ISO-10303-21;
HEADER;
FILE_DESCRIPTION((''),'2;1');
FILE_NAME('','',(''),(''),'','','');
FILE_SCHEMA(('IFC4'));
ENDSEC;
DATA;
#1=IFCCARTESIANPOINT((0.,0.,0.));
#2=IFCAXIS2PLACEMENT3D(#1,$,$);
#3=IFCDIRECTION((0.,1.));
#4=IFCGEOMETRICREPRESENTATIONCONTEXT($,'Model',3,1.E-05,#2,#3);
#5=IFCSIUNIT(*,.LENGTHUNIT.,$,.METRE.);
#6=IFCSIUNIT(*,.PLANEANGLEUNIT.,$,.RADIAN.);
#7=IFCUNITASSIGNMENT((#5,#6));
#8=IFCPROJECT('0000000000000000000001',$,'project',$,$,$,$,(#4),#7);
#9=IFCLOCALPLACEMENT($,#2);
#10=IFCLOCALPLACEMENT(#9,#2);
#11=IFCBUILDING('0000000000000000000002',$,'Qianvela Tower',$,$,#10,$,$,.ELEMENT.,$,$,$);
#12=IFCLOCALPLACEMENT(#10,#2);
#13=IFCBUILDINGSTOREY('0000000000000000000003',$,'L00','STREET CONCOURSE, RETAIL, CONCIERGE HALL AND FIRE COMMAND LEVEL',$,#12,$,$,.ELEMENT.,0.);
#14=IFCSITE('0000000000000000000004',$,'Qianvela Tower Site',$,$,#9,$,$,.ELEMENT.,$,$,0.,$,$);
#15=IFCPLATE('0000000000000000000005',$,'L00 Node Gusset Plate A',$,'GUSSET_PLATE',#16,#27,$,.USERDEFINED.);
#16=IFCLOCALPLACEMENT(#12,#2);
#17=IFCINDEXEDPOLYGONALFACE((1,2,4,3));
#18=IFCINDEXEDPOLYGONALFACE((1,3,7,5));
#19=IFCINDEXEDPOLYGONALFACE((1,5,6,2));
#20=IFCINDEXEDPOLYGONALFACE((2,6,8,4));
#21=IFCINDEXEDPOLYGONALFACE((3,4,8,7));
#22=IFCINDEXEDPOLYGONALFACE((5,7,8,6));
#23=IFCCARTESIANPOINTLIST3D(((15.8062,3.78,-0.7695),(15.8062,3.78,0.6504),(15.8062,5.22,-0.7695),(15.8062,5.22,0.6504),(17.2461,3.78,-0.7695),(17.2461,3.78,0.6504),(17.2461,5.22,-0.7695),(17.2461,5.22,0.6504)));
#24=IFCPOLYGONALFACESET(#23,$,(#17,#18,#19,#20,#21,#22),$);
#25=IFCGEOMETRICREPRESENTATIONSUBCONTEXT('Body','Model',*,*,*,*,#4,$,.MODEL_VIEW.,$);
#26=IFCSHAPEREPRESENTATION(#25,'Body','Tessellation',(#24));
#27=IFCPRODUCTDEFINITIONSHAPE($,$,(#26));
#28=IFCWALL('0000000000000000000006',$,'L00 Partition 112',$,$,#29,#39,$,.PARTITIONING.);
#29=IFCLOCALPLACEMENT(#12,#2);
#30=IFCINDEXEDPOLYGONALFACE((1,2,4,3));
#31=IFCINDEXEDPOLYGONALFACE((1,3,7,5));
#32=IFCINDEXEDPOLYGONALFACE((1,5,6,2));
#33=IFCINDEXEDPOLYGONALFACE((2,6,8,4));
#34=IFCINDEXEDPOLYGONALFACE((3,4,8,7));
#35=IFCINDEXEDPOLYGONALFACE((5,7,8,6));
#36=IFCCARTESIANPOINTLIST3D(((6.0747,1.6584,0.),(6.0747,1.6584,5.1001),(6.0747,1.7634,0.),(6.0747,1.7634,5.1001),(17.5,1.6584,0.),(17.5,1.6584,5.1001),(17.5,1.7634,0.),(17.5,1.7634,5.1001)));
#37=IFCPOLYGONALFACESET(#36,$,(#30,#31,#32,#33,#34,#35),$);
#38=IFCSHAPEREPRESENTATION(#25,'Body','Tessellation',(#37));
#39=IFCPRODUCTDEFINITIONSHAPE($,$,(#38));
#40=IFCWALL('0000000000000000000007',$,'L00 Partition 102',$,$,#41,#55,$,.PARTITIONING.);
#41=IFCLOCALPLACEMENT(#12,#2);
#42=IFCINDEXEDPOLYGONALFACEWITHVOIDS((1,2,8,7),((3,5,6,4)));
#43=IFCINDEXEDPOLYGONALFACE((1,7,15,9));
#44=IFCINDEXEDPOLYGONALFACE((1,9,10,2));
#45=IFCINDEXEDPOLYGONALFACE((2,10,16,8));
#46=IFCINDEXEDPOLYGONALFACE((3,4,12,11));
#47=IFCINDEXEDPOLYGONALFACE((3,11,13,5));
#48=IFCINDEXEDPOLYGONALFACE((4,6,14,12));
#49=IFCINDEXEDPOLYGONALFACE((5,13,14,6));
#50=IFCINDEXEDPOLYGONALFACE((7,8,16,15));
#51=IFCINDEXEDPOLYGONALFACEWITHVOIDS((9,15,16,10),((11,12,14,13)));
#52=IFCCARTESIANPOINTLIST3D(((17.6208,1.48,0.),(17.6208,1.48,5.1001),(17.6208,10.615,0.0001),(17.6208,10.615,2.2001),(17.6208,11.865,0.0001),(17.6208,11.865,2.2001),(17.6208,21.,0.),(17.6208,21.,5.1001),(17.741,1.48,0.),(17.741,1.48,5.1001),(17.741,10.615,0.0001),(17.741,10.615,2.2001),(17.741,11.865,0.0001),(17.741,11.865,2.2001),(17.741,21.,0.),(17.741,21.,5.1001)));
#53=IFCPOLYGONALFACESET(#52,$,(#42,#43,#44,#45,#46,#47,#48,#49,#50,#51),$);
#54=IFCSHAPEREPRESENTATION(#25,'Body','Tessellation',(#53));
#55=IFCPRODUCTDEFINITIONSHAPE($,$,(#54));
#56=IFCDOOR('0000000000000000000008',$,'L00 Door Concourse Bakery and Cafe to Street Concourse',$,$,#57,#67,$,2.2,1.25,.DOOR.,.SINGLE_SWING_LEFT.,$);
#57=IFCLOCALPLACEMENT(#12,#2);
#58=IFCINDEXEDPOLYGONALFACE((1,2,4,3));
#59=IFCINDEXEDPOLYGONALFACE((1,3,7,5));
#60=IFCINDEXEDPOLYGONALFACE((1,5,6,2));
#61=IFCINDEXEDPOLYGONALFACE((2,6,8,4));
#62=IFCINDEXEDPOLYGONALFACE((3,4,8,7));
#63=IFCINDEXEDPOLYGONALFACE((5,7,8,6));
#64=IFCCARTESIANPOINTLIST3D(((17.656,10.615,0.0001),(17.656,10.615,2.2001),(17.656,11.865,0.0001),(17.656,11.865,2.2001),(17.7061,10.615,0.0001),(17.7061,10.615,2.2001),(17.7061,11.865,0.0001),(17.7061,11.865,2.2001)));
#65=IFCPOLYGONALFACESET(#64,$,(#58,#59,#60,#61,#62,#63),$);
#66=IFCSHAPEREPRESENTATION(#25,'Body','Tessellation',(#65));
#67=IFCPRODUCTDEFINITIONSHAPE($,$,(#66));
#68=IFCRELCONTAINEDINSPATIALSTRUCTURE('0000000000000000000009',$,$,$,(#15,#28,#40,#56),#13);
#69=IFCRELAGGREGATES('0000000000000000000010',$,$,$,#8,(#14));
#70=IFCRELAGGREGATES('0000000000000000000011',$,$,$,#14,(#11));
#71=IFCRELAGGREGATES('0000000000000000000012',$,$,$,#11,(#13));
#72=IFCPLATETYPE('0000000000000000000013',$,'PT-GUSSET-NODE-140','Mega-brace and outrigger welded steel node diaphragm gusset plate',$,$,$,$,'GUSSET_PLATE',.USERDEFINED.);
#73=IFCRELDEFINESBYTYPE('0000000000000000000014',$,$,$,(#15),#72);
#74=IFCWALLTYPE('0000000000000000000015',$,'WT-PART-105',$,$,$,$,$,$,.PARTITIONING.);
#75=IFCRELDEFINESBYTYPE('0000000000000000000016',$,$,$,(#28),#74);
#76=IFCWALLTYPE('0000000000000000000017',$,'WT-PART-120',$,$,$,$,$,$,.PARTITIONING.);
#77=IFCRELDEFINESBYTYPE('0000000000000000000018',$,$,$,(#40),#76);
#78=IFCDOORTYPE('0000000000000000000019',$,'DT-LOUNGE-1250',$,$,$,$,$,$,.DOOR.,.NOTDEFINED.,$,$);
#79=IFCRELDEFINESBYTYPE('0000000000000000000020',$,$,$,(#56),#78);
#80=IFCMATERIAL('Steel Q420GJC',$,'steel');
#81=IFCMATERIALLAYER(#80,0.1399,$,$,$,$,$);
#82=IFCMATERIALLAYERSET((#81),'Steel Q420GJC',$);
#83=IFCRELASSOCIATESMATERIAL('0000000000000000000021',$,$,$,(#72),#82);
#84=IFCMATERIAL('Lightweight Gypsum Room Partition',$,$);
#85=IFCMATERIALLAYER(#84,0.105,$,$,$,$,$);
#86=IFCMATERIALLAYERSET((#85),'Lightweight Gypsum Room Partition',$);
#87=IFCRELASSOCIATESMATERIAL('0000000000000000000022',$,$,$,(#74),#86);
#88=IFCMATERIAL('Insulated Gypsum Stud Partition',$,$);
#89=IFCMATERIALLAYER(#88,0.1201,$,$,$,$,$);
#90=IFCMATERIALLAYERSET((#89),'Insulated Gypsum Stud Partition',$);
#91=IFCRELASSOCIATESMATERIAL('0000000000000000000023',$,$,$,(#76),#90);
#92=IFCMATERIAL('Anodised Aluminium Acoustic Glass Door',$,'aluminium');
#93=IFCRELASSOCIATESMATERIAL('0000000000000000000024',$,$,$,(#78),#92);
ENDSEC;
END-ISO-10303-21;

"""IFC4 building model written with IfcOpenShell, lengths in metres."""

from ifc_helpers import new_model, si_unit, direction, frame, frame_2d, origin, origin_2d, place, context, subcontext, project, spatial, rectangle, extrude, material, layer, layer_set, type_object, element, fill, save


model = new_model("IFC4")

# Units and contexts
model_context = context("Model", 3, precision=1e-05, world=origin(), true_north=direction((0.0, 1.0)))
body_context = subcontext(model_context, "Body", "Model", "MODEL_VIEW")
ifc_project = project(units=[si_unit("LENGTHUNIT", "METRE"), si_unit("PLANEANGLEUNIT", "RADIAN")], contexts=[model_context])

# Site, building, storey
site_placement = place(None, origin())
site = spatial("IfcSite", under=ifc_project, at=site_placement, Name="Qianvela Tower Site", CompositionType="ELEMENT", RefElevation=0.0)
building_placement = place(site_placement, origin())
building = spatial("IfcBuilding", under=site, at=building_placement, Name="Qianvela Tower", CompositionType="ELEMENT")
storey_placement = place(building_placement, origin())
storey = spatial("IfcBuildingStorey", under=building, at=storey_placement, Name="L00", Description="STREET CONCOURSE, RETAIL, CONCIERGE HALL AND FIRE COMMAND LEVEL", CompositionType="ELEMENT", Elevation=0.0)

# Plate
ifc_material_1 = material(Name="Steel Q420GJC", Category="steel")
ifc_layer_1 = layer(ifc_material_1, 0.1399)
ifc_layer_set_1 = layer_set([ifc_layer_1], Name="Steel Q420GJC")
plate_type_1 = type_object("IfcPlateType", Name="PT-GUSSET-NODE-140", Description="Mega-brace and outrigger welded steel node diaphragm gusset plate", ElementType="GUSSET_PLATE", PredefinedType="USERDEFINED", material=ifc_layer_set_1)
plate_1_placement = place(storey_placement, frame((16.5261, 4.5, -0.7695), z_axis=(0.0, 0.0, 1.0), x_axis=(1.0, 0.0, 0.0)))
element("IfcPlate", 1, at=plate_1_placement, inside=storey, type_object=plate_type_1, Name="L00 Node Gusset Plate A", ObjectType="GUSSET_PLATE", PredefinedType="USERDEFINED", context=body_context, shape_type="SweptSolid", body=[
    extrude(rectangle(XDim=1.4399, YDim=1.4399, at=origin_2d()), origin(), (0.0, 0.0, 1.0), 1.4199),
])

# Wall
ifc_material_2 = material(Name="Lightweight Gypsum Room Partition")
ifc_layer_2 = layer(ifc_material_2, 0.105)
ifc_layer_set_2 = layer_set([ifc_layer_2], Name="Lightweight Gypsum Room Partition")
wall_type_1 = type_object("IfcWallType", Name="WT-PART-105", PredefinedType="PARTITIONING", material=ifc_layer_set_2)
wall_1_placement = place(storey_placement, frame((17.5, 1.7109, 0.0), z_axis=(0.0, 0.0, 1.0), x_axis=(-1.0, 0.0, 0.0)))
element("IfcWall", 2, at=wall_1_placement, inside=storey, type_object=wall_type_1, Name="L00 Partition 112", PredefinedType="PARTITIONING", context=body_context, shape_type="SweptSolid", body=[
    extrude(rectangle(XDim=11.4253, YDim=0.105, at=frame_2d((5.7126, 0.0))), origin(), (0.0, 0.0, 1.0), 5.1001),
])

# Wall, opening, door
ifc_material_3 = material(Name="Insulated Gypsum Stud Partition")
ifc_layer_3 = layer(ifc_material_3, 0.1201)
ifc_layer_set_3 = layer_set([ifc_layer_3], Name="Insulated Gypsum Stud Partition")
wall_type_2 = type_object("IfcWallType", Name="WT-PART-120", PredefinedType="PARTITIONING", material=ifc_layer_set_3)
wall_2_placement = place(storey_placement, frame((17.6809, 1.48, 0.0), z_axis=(0.0, 0.0, 1.0), x_axis=(0.0, 1.0, 0.0)))
wall_2 = element("IfcWall", 3, at=wall_2_placement, inside=storey, type_object=wall_type_2, Name="L00 Partition 102", PredefinedType="PARTITIONING", context=body_context, shape_type="SweptSolid", body=[
    extrude(rectangle(XDim=19.52, YDim=0.1201, at=frame_2d((9.76, 0.0))), origin(), (0.0, 0.0, 1.0), 5.1001),
])
opening_placement = place(wall_2_placement, frame((9.135, 0.0, 0.0)))
opening = element("IfcOpeningElement", 4, at=opening_placement, cuts=wall_2, PredefinedType="OPENING", context=body_context, shape_type="SweptSolid", body=[
    extrude(rectangle(XDim=1.25, YDim=2.2, at=frame_2d((0.625, 1.1001))), frame((0.0, 0.0701, 0.0), z_axis=(0.0, -1.0, 0.0), x_axis=(1.0, 0.0, 0.0)), (0.0, 0.0, 1.0), 0.1401),
])
ifc_material_4 = material(Name="Anodised Aluminium Acoustic Glass Door", Category="aluminium")
door_type = type_object("IfcDoorType", Name="DT-LOUNGE-1250", OperationType="NOTDEFINED", PredefinedType="DOOR", material=ifc_material_4)
door_placement = place(opening_placement, origin())
door = element("IfcDoor", 5, at=door_placement, inside=storey, type_object=door_type, Name="L00 Door Concourse Bakery and Cafe to Street Concourse", OperationType="SINGLE_SWING_LEFT", OverallHeight=2.2, OverallWidth=1.25, PredefinedType="DOOR", context=body_context, shape_type="SweptSolid", body=[
    extrude(rectangle(XDim=1.25, YDim=2.2, at=frame_2d((0.625, 1.1001))), frame((0.0, 0.0249, 0.0), z_axis=(0.0, -1.0, 0.0), x_axis=(1.0, 0.0, 0.0)), (0.0, 0.0, 1.0), 0.05),
])
fill(opening, door)

save(model, "model.ifc")
